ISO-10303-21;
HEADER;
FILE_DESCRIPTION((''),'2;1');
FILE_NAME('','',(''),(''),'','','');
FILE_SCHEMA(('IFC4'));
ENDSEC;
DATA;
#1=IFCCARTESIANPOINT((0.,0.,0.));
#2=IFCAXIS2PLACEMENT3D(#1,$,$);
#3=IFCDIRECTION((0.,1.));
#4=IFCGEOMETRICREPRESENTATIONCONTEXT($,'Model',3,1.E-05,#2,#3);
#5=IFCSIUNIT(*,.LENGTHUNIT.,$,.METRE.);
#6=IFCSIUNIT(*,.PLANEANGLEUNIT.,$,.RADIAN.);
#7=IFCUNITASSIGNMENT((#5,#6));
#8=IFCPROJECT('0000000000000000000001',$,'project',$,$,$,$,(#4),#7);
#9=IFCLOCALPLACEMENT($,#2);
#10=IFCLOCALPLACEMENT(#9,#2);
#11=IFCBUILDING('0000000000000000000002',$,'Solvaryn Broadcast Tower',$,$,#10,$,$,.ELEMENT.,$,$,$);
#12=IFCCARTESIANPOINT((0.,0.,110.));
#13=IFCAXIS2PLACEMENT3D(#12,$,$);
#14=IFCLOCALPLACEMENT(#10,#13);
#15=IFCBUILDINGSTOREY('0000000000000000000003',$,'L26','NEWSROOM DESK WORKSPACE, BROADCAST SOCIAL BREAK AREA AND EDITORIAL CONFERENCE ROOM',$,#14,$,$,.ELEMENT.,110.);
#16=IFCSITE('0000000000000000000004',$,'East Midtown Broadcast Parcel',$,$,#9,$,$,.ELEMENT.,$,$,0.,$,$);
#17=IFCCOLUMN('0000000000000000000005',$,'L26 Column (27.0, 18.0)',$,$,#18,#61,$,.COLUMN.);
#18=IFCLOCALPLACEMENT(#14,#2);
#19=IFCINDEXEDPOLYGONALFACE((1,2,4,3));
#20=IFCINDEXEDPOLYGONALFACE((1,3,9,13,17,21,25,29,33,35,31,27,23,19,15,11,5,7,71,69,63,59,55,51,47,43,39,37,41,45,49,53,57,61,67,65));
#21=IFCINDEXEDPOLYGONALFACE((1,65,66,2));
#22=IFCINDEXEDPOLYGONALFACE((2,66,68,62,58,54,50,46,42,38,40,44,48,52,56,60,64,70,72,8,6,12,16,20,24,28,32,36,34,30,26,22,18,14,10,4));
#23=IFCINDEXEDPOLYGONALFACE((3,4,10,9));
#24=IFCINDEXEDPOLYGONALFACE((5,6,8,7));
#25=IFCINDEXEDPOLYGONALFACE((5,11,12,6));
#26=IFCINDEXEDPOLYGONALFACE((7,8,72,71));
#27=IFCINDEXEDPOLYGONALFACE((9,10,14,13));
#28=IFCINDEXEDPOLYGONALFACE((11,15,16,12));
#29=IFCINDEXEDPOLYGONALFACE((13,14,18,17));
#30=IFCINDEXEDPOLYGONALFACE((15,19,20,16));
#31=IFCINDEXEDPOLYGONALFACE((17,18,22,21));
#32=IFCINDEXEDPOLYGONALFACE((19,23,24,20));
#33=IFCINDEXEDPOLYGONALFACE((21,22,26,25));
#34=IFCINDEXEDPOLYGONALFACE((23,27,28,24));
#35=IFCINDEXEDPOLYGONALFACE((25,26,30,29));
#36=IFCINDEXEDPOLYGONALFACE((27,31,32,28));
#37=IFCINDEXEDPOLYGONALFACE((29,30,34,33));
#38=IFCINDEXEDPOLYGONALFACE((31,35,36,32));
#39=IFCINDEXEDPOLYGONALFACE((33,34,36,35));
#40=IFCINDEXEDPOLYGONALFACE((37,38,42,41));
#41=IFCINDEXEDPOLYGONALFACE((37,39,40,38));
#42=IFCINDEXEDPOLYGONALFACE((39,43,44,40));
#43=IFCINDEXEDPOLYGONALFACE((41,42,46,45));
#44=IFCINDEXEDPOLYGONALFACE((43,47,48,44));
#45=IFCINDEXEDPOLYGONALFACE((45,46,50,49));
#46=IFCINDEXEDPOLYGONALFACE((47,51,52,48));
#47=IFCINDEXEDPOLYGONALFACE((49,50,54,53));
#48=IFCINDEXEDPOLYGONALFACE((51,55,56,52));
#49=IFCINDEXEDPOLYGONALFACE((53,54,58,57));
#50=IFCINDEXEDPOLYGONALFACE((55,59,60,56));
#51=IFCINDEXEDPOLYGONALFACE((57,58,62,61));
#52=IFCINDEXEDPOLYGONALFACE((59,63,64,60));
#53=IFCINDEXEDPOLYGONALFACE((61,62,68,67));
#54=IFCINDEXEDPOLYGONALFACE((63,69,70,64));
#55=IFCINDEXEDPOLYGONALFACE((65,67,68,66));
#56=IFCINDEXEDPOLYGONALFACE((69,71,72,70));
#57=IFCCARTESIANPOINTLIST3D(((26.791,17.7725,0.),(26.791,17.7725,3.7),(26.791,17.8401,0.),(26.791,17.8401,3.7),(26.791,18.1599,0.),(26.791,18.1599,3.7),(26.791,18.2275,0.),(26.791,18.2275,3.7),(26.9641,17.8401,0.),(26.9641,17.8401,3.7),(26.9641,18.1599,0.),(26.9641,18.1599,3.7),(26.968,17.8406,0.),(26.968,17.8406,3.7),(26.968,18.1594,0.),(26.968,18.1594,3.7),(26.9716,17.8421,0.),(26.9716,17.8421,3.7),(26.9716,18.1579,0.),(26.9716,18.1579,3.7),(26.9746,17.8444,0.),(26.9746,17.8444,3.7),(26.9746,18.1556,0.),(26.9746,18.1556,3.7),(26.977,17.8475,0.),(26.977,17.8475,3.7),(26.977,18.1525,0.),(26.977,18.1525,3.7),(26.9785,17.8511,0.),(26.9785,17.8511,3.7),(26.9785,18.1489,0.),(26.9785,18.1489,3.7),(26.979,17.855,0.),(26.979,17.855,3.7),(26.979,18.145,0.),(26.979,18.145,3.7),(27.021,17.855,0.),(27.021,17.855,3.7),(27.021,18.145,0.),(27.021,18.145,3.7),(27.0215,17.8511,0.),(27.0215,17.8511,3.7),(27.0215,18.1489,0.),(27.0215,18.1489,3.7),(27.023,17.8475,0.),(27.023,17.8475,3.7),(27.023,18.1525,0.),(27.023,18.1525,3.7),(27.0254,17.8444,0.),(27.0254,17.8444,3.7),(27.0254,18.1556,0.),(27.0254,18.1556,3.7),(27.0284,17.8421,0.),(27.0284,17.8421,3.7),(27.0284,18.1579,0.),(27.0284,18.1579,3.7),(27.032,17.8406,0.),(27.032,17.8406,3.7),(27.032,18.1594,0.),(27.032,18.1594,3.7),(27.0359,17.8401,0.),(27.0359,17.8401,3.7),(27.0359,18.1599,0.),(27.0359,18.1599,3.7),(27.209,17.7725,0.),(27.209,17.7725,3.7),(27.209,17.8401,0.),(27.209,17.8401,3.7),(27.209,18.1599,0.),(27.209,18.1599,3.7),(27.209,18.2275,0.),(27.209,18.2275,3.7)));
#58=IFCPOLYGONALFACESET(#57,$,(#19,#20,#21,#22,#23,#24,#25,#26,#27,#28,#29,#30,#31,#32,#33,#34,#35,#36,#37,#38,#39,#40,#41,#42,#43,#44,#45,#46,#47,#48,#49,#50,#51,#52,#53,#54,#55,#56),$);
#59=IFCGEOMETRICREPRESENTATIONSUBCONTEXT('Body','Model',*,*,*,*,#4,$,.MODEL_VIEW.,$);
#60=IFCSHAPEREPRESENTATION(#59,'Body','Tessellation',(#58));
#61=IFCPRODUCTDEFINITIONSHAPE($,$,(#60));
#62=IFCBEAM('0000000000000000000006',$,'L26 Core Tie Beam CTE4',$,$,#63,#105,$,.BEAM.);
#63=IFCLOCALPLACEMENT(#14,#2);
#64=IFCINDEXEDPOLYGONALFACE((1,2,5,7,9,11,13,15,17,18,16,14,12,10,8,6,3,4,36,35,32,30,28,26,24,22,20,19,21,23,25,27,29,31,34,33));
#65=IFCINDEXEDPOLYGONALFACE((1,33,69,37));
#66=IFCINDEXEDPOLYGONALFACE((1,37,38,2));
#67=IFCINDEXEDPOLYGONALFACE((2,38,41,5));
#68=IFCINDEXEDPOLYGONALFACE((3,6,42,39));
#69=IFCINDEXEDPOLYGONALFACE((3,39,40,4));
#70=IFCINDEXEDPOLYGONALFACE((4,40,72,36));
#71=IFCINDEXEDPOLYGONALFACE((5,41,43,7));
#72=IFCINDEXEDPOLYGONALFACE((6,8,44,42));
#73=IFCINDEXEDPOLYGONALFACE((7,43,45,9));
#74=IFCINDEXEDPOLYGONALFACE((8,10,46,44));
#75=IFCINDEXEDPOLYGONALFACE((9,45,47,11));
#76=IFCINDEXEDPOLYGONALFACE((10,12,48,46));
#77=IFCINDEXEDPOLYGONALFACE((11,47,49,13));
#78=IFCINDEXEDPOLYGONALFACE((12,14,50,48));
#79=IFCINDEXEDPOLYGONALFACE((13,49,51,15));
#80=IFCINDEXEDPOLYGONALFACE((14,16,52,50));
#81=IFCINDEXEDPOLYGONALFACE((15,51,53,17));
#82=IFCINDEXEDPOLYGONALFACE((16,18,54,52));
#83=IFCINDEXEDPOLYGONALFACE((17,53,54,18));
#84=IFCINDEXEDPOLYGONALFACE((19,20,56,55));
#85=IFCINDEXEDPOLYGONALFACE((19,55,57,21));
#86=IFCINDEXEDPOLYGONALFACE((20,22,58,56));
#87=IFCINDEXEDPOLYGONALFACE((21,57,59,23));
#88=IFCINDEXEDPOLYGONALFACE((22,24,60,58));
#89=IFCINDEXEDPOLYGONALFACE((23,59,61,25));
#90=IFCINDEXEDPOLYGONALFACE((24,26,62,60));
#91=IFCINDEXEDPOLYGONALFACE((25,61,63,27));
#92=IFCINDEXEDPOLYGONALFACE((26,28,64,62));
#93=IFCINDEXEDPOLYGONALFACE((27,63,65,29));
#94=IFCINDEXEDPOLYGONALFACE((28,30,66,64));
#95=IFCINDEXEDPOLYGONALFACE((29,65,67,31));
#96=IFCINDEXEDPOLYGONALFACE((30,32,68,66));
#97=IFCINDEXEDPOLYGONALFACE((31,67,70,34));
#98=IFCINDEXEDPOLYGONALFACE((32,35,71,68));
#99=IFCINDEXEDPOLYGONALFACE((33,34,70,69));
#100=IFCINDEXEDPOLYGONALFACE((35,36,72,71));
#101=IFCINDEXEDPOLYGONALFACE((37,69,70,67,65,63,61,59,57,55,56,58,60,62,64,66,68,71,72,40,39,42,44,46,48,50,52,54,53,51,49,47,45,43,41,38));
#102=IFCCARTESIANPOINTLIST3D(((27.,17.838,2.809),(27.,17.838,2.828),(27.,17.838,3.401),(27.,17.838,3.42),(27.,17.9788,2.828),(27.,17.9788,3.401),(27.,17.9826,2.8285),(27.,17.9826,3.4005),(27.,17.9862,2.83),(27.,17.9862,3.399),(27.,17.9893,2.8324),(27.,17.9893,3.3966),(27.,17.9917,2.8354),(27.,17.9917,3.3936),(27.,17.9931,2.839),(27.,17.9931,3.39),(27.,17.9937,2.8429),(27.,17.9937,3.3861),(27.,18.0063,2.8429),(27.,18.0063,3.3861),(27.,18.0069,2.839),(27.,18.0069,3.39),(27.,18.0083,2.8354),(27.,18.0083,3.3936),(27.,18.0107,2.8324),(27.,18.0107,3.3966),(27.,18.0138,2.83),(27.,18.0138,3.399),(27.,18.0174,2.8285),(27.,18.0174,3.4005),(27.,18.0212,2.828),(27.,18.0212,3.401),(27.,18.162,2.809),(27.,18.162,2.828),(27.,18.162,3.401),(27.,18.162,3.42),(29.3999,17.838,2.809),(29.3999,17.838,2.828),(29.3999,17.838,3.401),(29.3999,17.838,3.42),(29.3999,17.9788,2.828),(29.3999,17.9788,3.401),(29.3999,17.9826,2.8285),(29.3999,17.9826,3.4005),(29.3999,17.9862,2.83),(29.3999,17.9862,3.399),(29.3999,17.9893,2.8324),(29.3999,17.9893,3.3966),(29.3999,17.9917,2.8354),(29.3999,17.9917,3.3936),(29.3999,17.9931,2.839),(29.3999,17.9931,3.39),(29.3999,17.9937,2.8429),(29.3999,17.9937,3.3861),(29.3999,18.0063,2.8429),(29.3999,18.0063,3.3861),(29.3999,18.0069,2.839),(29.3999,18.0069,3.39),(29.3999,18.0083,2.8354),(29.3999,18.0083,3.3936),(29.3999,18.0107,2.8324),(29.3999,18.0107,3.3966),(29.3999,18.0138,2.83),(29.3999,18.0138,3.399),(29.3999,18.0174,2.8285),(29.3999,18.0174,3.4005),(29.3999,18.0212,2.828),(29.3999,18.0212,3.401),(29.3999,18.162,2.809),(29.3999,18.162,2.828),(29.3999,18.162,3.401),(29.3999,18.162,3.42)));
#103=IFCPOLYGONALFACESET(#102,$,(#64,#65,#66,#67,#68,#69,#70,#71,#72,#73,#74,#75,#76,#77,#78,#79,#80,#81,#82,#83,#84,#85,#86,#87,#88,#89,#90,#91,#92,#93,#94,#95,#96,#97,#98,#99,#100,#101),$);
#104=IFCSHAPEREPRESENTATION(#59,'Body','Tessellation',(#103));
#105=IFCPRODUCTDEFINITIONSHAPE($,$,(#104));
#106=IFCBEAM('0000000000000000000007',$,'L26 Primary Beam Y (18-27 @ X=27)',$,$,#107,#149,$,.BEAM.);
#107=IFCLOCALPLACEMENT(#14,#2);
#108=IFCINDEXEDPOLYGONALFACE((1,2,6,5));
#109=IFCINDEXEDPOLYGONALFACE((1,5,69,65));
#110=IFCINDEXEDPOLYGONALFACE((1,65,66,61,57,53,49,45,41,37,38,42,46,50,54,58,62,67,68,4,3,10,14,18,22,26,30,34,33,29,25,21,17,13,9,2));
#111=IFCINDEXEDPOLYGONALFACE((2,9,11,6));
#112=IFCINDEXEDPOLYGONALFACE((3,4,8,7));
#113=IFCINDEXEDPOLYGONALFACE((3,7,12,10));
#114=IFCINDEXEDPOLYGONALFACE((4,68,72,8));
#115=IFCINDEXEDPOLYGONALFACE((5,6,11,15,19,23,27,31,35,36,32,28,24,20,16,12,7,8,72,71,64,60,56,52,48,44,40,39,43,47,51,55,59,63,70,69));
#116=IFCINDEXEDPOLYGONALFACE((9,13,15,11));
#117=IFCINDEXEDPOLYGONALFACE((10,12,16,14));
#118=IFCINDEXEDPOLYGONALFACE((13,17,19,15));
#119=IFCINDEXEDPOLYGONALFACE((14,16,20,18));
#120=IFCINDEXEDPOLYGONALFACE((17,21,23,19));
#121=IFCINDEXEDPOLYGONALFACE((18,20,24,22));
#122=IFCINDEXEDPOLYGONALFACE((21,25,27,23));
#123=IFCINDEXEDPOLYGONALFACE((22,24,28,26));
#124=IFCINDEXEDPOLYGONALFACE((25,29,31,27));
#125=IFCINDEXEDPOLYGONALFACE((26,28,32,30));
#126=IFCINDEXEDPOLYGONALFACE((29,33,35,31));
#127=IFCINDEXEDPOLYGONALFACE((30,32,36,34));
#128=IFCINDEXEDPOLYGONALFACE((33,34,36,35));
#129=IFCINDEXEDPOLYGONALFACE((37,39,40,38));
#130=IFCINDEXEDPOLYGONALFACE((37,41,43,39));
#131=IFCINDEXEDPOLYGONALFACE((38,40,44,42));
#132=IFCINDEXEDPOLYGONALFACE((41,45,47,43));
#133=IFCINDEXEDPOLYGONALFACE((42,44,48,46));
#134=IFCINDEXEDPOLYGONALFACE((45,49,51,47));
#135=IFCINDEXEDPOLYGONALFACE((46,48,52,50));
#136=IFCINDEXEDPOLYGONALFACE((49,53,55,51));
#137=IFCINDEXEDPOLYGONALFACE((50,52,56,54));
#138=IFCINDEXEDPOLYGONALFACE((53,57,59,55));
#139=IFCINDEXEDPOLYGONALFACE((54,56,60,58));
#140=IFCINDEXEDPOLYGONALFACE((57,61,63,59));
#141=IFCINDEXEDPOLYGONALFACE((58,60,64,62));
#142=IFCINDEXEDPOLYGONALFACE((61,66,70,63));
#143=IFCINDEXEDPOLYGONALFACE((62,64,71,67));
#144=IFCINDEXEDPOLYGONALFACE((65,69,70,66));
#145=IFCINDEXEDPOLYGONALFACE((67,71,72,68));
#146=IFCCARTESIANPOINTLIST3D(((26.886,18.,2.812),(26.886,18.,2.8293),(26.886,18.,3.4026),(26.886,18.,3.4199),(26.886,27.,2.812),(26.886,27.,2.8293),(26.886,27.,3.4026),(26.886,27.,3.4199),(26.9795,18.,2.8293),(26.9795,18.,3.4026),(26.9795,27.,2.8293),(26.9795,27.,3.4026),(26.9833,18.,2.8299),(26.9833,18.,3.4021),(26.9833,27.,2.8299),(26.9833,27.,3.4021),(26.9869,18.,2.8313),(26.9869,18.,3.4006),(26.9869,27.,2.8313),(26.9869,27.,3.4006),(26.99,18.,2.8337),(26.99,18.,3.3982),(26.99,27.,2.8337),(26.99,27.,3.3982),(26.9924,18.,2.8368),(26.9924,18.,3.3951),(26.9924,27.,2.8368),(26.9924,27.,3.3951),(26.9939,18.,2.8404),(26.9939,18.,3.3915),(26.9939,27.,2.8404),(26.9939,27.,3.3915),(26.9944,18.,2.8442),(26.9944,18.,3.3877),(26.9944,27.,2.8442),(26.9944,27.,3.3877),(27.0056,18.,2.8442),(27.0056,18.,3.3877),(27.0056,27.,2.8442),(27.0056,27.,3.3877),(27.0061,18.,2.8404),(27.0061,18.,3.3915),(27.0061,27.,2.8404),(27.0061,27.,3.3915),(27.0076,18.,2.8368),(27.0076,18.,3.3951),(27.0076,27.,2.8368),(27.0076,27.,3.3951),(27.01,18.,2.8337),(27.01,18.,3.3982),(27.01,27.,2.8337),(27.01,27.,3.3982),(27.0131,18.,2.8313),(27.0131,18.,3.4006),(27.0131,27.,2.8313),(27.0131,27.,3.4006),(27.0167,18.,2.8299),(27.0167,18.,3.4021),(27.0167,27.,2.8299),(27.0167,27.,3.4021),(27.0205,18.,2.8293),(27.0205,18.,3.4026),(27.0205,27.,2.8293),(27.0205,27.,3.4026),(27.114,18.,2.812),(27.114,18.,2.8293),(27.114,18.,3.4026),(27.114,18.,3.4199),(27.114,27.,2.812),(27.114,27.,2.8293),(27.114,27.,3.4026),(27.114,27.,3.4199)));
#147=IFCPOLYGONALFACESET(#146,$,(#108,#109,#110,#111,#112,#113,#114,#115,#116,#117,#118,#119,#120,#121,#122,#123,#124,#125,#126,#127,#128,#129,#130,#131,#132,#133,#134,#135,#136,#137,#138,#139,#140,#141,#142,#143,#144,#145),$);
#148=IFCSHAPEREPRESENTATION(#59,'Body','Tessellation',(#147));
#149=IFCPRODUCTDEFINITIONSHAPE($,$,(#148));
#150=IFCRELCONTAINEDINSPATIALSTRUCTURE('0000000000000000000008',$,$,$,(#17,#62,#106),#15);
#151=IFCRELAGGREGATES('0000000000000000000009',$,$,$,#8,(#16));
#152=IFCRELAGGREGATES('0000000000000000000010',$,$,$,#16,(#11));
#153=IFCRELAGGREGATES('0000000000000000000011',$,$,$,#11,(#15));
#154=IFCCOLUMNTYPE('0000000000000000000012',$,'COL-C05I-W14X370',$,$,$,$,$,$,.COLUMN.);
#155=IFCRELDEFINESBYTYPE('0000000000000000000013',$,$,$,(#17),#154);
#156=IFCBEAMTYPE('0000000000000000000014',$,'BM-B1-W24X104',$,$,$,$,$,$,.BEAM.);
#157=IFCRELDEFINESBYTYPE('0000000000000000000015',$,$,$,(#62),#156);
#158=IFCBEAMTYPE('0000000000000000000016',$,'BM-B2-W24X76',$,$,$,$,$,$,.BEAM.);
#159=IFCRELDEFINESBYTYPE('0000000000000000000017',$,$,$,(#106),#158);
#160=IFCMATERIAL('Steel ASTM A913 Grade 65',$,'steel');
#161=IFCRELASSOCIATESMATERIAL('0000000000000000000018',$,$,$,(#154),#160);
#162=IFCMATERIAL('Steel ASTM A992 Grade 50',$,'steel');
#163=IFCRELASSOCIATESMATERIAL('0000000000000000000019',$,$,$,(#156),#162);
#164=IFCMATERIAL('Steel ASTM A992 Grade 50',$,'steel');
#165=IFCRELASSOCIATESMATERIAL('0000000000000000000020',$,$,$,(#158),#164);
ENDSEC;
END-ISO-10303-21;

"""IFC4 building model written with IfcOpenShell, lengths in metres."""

from ifc_helpers import new_model, si_unit, direction, frame, origin, origin_2d, place, context, subcontext, project, spatial, i_section, extrude, material, material_profile, profile_set, type_object, element, save


model = new_model("IFC4")

# Units and contexts
model_context = context("Model", 3, precision=1e-05, world=origin(), true_north=direction((0.0, 1.0)))
body_context = subcontext(model_context, "Body", "Model", "MODEL_VIEW")
ifc_project = project(units=[si_unit("LENGTHUNIT", "METRE"), si_unit("PLANEANGLEUNIT", "RADIAN")], contexts=[model_context])

# Site, building, storey
site_placement = place(None, origin())
site = spatial("IfcSite", under=ifc_project, at=site_placement, Name="East Midtown Broadcast Parcel", CompositionType="ELEMENT", RefElevation=0.0)
building_placement = place(site_placement, origin())
building = spatial("IfcBuilding", under=site, at=building_placement, Name="Solvaryn Broadcast Tower", CompositionType="ELEMENT")
storey_placement = place(building_placement, frame((0.0, 0.0, 110.0)))
storey = spatial("IfcBuildingStorey", under=building, at=storey_placement, Name="L26", Description="NEWSROOM DESK WORKSPACE, BROADCAST SOCIAL BREAK AREA AND EDITORIAL CONFERENCE ROOM", CompositionType="ELEMENT", Elevation=110.0)

# Column
ifc_material_1 = material(Name="Steel ASTM A913 Grade 65", Category="steel")
ifc_material_profile_1 = material_profile(ifc_material_1, i_section(OverallWidth=0.418, OverallDepth=0.4551, WebThickness=0.042, FlangeThickness=0.0676, FilletRadius=0.0149, at=origin_2d()))
ifc_profile_set_1 = profile_set([ifc_material_profile_1], Name="Steel ASTM A913 Grade 65")
column_type = type_object("IfcColumnType", Name="COL-C05I-W14X370", PredefinedType="COLUMN", material=ifc_profile_set_1)
column_placement = place(storey_placement, frame((27.0, 18.0, 0.0), z_axis=(0.0, 0.0, 1.0), x_axis=(1.0, 0.0, 0.0)))
element("IfcColumn", 1, at=column_placement, inside=storey, type_object=column_type, Name="L26 Column (27.0, 18.0)", PredefinedType="COLUMN", context=body_context, shape_type="SweptSolid", body=[
    extrude(i_section(OverallWidth=0.418, OverallDepth=0.4551, WebThickness=0.042, FlangeThickness=0.0676, FilletRadius=0.0149, at=origin_2d()), origin(), (0.0, 0.0, 1.0), 3.7),
])

# Beams
ifc_material_2 = material(Name="Steel ASTM A992 Grade 50", Category="steel")
ifc_material_profile_2 = material_profile(ifc_material_2, i_section(OverallWidth=0.324, OverallDepth=0.6111, WebThickness=0.0127, FlangeThickness=0.019, FilletRadius=0.0149, at=origin_2d()))
ifc_profile_set_2 = profile_set([ifc_material_profile_2], Name="Steel ASTM A992 Grade 50")
beam_type_1 = type_object("IfcBeamType", Name="BM-B1-W24X104", PredefinedType="BEAM", material=ifc_profile_set_2)
beam_1_placement = place(storey_placement, frame((27.0, 18.0, 3.1145), z_axis=(1.0, 0.0, 0.0), x_axis=(0.0, 1.0, 0.0)))
element("IfcBeam", 2, at=beam_1_placement, inside=storey, type_object=beam_type_1, Name="L26 Core Tie Beam CTE4", PredefinedType="BEAM", context=body_context, shape_type="SweptSolid", body=[
    extrude(i_section(OverallWidth=0.324, OverallDepth=0.6111, WebThickness=0.0127, FlangeThickness=0.019, FilletRadius=0.0149, at=origin_2d()), origin(), (0.0, 0.0, 1.0), 2.3999),
])
ifc_material_3 = material(Name="Steel ASTM A992 Grade 50", Category="steel")
ifc_material_profile_3 = material_profile(ifc_material_3, i_section(OverallWidth=0.228, OverallDepth=0.6079, WebThickness=0.0112, FlangeThickness=0.0173, FilletRadius=0.0149, at=origin_2d()))
ifc_profile_set_3 = profile_set([ifc_material_profile_3], Name="Steel ASTM A992 Grade 50")
beam_type_2 = type_object("IfcBeamType", Name="BM-B2-W24X76", PredefinedType="BEAM", material=ifc_profile_set_3)
beam_2_placement = place(storey_placement, frame((27.0, 18.0, 3.116), z_axis=(0.0, 1.0, 0.0), x_axis=(-1.0, 0.0, 0.0)))
element("IfcBeam", 3, at=beam_2_placement, inside=storey, type_object=beam_type_2, Name="L26 Primary Beam Y (18-27 @ X=27)", PredefinedType="BEAM", context=body_context, shape_type="SweptSolid", body=[
    extrude(i_section(OverallWidth=0.228, OverallDepth=0.6079, WebThickness=0.0112, FlangeThickness=0.0173, FilletRadius=0.0149, at=origin_2d()), origin(), (0.0, 0.0, 1.0), 9.0),
])

save(model, "model.ifc")
